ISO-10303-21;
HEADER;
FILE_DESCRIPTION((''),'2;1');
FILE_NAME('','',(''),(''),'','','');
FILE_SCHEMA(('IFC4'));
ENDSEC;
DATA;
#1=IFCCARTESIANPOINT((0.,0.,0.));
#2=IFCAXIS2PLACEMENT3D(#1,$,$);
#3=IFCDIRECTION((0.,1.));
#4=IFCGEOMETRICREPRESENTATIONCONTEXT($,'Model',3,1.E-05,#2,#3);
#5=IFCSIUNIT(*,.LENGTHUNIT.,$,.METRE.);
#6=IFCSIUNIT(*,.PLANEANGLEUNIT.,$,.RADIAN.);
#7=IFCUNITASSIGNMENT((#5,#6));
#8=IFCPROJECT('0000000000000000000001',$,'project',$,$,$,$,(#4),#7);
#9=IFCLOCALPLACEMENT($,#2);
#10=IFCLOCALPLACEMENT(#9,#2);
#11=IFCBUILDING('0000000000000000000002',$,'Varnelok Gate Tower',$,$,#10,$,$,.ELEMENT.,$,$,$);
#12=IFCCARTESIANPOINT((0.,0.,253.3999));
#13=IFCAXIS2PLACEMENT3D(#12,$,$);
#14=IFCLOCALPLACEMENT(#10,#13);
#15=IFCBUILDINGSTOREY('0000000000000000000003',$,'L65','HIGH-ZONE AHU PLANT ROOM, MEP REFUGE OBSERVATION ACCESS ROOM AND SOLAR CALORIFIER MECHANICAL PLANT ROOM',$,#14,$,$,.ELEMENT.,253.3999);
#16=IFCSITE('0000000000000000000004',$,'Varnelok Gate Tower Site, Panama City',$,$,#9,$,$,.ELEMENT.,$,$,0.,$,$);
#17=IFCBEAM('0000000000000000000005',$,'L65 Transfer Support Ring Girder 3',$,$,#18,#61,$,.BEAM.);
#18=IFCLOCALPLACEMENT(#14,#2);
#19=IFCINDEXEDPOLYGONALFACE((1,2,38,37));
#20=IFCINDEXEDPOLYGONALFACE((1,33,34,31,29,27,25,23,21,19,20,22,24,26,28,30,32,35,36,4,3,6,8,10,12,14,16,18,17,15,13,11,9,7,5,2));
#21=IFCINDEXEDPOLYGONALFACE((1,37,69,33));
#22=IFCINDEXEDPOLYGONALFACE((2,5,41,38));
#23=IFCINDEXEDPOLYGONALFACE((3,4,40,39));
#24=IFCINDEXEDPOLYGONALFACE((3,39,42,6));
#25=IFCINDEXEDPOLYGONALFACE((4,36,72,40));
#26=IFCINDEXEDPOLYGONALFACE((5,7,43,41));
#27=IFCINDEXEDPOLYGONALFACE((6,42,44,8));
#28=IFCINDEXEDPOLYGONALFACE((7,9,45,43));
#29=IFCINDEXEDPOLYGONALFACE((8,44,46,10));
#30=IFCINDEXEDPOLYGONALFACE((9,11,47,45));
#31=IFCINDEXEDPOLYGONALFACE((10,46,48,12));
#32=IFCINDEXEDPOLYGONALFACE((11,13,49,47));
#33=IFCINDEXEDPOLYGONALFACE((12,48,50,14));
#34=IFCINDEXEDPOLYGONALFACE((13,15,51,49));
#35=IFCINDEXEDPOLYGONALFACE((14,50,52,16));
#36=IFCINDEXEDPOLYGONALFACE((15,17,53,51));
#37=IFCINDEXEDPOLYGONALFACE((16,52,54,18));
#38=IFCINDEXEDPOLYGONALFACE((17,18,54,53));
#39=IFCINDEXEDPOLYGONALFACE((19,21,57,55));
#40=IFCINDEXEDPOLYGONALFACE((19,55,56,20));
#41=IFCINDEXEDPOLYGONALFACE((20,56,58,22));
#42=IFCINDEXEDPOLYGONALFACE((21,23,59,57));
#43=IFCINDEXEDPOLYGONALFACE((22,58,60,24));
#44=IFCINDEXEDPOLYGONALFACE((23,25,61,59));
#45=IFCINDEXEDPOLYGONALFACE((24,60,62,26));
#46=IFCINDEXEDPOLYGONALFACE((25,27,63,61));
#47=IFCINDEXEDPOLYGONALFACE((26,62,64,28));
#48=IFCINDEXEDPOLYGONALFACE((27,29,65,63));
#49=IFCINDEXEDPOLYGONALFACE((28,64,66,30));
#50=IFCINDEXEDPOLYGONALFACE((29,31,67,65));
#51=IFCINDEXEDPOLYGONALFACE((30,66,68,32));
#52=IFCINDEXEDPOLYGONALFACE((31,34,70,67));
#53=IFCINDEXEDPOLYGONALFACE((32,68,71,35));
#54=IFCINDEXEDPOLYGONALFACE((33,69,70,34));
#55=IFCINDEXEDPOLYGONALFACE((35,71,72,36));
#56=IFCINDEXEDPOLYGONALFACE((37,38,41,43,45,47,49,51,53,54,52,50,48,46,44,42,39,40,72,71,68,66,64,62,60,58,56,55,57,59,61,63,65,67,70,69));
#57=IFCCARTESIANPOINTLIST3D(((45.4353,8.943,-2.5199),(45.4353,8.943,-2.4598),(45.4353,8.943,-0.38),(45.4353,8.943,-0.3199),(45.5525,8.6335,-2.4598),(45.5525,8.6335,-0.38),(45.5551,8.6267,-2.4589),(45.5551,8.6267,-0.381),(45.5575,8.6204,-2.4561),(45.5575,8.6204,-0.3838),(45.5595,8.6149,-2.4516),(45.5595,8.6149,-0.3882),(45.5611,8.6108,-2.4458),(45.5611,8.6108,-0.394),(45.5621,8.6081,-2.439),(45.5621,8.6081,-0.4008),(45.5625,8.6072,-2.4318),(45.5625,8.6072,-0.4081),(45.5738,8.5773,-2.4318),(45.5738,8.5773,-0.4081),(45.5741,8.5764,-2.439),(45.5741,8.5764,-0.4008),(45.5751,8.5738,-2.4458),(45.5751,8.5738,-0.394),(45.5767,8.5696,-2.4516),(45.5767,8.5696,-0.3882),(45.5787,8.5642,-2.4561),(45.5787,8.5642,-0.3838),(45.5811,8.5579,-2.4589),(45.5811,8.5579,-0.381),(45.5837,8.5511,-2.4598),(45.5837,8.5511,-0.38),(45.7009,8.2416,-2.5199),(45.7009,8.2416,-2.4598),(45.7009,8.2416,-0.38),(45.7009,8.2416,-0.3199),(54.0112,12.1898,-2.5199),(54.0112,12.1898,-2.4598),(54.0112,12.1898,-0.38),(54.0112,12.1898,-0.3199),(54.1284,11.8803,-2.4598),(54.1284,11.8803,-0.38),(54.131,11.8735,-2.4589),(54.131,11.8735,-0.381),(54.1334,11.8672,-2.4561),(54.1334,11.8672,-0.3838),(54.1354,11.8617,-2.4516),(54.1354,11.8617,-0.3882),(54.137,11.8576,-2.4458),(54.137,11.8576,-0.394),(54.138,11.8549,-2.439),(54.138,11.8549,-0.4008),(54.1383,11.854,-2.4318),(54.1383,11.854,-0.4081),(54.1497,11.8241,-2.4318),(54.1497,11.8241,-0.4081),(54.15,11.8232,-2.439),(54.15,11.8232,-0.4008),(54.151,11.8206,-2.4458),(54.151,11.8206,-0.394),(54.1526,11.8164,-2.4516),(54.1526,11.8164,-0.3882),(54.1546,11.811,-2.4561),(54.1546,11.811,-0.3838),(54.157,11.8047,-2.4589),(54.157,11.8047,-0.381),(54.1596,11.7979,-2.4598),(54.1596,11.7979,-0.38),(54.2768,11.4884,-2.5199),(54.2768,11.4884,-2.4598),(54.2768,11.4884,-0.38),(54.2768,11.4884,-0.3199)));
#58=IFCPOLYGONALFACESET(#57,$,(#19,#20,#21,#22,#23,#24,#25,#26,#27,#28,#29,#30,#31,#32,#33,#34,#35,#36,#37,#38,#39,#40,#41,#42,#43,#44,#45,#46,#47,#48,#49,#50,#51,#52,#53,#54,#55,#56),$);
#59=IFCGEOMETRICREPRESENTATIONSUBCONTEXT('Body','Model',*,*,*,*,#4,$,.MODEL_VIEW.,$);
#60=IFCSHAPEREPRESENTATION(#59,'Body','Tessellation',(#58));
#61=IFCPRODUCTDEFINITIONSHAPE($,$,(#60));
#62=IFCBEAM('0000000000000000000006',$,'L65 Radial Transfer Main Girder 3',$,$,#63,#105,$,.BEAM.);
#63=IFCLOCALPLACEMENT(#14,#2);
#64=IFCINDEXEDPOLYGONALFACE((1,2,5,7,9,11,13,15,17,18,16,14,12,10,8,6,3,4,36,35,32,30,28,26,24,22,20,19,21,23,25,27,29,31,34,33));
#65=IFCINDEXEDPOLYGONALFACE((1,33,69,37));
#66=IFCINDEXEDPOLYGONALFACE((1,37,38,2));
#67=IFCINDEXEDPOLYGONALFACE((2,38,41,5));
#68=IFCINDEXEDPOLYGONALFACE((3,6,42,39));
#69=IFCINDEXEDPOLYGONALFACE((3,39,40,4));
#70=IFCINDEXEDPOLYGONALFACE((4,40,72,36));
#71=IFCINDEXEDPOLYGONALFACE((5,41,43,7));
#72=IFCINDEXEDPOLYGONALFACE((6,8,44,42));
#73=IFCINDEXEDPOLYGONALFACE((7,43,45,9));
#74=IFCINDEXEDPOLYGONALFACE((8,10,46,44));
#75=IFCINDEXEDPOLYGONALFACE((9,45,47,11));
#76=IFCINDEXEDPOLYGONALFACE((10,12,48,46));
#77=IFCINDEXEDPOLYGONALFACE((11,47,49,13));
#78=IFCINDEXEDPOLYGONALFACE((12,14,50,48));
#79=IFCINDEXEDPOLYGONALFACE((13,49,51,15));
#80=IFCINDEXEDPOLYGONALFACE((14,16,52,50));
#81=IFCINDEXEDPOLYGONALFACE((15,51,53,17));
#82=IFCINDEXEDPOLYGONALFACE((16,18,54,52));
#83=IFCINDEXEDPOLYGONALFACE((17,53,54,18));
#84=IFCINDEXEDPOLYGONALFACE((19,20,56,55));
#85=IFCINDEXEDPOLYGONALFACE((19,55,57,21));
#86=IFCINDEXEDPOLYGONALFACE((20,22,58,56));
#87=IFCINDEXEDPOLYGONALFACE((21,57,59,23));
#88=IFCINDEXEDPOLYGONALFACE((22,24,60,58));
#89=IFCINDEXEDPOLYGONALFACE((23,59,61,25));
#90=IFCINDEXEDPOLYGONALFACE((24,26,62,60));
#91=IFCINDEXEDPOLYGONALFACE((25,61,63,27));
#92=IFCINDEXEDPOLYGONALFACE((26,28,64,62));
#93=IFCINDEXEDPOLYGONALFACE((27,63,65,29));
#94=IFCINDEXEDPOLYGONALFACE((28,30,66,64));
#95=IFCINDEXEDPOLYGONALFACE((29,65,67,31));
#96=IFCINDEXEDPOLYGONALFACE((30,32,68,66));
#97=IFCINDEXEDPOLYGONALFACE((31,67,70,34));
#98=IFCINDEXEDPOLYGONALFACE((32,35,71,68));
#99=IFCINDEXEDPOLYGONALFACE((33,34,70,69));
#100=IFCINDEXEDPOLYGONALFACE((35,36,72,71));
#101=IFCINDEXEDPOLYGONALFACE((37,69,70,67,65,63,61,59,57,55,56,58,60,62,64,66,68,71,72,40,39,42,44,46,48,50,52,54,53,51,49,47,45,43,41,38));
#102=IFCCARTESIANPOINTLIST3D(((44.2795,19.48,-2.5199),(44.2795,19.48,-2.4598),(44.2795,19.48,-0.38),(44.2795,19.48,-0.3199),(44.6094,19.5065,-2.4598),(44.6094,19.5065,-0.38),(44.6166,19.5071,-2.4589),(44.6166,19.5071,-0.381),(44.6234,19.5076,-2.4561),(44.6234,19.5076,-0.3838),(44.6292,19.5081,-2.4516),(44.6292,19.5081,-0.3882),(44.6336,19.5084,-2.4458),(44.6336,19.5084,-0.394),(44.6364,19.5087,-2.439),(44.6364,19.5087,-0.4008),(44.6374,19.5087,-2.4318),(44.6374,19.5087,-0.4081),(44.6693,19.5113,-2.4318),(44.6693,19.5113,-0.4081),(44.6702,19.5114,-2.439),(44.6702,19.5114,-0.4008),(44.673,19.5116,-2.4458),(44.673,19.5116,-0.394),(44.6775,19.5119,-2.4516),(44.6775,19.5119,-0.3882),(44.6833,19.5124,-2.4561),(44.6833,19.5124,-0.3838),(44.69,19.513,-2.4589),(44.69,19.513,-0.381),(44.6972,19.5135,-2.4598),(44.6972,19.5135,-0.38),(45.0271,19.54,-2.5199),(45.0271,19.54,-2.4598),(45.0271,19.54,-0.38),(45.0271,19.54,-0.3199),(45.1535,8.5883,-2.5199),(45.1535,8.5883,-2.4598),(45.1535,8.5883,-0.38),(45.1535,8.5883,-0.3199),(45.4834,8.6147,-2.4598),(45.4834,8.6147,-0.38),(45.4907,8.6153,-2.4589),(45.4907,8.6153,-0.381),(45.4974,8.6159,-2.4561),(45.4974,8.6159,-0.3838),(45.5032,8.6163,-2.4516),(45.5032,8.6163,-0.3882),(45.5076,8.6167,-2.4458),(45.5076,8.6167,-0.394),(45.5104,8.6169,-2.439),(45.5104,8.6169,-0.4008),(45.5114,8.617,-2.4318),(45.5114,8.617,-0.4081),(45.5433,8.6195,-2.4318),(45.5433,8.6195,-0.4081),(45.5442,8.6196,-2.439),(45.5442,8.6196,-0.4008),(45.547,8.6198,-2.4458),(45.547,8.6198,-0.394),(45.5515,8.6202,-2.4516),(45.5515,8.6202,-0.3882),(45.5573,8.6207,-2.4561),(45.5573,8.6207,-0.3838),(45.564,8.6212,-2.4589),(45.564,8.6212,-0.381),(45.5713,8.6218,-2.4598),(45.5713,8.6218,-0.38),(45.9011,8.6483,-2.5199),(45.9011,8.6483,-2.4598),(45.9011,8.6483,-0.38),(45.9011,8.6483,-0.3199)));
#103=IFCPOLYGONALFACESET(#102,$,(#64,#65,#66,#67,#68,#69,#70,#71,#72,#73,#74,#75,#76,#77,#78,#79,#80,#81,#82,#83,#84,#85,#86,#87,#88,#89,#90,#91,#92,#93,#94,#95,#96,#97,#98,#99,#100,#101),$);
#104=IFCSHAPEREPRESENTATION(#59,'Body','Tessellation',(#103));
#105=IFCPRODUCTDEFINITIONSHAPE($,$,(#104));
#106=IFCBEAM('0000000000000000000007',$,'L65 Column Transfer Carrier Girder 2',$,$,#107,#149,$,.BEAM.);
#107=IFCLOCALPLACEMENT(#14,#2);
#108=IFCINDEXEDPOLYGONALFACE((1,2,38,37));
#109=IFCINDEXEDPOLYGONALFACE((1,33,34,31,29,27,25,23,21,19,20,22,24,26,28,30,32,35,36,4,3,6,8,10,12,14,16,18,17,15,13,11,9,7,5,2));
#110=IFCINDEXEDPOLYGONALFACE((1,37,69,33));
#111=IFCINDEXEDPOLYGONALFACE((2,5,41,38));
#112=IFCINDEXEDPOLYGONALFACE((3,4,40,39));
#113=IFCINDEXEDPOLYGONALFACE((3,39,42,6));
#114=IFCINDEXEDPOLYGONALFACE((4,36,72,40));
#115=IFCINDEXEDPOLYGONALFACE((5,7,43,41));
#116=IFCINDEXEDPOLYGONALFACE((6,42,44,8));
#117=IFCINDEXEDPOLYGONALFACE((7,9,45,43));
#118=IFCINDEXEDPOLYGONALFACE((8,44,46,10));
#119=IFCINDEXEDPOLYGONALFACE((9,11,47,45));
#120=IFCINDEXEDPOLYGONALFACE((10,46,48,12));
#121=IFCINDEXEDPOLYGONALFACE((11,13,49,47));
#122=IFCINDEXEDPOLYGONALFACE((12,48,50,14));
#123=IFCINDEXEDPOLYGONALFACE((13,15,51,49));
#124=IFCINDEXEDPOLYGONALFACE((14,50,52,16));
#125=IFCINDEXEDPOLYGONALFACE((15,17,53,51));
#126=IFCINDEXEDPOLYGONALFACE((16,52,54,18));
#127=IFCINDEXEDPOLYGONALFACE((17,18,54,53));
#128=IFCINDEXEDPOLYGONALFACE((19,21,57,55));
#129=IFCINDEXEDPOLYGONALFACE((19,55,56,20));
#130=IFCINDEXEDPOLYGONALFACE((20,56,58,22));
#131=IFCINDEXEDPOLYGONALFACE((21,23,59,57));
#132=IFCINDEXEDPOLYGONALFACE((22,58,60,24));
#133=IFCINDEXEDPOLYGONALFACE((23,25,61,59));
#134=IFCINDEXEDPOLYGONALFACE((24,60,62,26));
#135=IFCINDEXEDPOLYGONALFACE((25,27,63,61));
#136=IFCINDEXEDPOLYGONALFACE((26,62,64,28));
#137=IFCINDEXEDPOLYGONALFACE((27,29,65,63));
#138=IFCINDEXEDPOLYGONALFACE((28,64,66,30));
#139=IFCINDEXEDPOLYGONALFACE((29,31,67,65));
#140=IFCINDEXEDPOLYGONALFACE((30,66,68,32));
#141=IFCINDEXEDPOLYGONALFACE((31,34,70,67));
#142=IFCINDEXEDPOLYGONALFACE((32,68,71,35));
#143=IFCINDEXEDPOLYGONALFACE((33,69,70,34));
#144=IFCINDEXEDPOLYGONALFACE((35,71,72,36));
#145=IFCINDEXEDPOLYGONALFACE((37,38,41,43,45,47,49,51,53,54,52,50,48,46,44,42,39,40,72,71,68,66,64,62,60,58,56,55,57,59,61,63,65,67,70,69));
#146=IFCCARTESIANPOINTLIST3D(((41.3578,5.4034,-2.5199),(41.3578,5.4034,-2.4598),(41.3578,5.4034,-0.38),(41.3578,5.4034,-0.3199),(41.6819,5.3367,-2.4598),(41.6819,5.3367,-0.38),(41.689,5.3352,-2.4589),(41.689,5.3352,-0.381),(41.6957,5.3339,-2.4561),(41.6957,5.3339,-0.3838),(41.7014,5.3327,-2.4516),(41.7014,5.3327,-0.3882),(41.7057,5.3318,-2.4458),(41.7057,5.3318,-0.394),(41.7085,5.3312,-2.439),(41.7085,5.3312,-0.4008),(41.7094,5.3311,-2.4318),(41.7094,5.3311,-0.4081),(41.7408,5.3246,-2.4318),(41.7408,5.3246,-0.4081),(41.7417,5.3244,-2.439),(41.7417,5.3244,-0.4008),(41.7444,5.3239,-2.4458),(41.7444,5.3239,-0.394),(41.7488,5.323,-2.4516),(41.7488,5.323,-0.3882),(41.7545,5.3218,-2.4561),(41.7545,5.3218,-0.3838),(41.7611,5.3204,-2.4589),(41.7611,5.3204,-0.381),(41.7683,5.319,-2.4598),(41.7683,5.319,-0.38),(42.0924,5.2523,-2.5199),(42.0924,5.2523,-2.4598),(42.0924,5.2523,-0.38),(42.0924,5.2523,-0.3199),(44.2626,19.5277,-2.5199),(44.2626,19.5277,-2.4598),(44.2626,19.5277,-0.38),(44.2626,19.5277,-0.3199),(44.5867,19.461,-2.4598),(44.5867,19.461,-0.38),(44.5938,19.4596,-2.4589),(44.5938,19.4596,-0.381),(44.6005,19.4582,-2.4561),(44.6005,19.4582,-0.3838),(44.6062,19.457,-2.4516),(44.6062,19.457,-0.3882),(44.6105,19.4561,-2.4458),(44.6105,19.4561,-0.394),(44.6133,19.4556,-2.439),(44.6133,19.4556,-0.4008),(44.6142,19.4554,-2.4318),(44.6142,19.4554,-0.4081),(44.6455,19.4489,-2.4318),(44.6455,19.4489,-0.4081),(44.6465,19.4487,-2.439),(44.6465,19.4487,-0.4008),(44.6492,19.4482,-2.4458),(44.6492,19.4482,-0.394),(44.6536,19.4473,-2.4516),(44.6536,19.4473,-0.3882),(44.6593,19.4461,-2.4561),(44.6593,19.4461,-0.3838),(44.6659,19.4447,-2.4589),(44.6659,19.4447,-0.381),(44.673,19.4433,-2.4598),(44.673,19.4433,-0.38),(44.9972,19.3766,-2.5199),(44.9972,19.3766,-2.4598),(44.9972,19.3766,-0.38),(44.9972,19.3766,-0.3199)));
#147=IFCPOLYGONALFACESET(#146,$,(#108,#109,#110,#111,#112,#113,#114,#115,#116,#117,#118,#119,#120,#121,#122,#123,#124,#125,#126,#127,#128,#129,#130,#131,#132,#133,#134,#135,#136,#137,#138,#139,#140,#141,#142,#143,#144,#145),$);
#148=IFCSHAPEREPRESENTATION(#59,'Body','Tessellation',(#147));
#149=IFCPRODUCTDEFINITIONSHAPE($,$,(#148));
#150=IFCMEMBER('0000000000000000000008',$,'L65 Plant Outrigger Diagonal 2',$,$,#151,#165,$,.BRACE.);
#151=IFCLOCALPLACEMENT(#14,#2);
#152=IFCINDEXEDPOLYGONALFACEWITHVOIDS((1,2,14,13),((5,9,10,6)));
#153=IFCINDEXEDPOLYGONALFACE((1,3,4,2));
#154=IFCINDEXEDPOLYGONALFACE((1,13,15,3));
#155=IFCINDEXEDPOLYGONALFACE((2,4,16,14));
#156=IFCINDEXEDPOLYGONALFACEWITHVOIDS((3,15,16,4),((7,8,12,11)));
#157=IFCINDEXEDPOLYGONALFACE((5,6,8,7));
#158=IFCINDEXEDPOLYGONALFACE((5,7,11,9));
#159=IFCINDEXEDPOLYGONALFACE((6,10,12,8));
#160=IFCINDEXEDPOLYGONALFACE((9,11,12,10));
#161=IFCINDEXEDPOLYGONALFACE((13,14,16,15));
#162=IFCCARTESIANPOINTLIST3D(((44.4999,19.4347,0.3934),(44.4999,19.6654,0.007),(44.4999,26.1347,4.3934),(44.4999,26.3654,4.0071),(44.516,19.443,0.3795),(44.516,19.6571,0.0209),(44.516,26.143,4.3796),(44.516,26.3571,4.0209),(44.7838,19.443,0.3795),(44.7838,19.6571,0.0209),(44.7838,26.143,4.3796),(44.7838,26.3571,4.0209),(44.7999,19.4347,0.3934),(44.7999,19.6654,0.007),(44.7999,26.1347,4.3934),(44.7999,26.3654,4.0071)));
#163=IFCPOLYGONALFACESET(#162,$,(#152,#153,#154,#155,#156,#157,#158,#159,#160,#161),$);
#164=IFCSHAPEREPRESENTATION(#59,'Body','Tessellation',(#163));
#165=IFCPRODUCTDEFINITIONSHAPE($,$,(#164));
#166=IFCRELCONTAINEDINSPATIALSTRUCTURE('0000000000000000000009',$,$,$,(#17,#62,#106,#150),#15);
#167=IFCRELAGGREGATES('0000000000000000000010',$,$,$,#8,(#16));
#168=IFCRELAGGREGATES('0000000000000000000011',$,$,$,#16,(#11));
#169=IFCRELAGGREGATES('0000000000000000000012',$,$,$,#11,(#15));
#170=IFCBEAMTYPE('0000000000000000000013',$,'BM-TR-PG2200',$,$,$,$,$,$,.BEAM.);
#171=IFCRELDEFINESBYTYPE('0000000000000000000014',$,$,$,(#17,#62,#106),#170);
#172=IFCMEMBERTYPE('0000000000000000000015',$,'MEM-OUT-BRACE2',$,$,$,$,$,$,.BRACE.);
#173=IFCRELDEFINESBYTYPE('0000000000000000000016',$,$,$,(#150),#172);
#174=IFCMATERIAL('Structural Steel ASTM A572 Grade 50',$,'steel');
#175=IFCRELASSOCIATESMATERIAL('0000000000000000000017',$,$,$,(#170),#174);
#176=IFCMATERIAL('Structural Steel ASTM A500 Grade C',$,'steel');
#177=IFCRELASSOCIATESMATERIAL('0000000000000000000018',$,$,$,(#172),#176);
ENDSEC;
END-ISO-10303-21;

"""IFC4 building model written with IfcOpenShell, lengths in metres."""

from ifc_helpers import new_model, si_unit, direction, frame, origin, origin_2d, place, context, subcontext, project, spatial, hollow_rectangle, i_section, extrude, material, material_profile, profile_set, type_object, element, save


model = new_model("IFC4")

# Units and contexts
model_context = context("Model", 3, precision=1e-05, world=origin(), true_north=direction((0.0, 1.0)))
body_context = subcontext(model_context, "Body", "Model", "MODEL_VIEW")
ifc_project = project(units=[si_unit("LENGTHUNIT", "METRE"), si_unit("PLANEANGLEUNIT", "RADIAN")], contexts=[model_context])

# Site, building, storey
site_placement = place(None, origin())
site = spatial("IfcSite", under=ifc_project, at=site_placement, Name="Varnelok Gate Tower Site, Panama City", CompositionType="ELEMENT", RefElevation=0.0)
building_placement = place(site_placement, origin())
building = spatial("IfcBuilding", under=site, at=building_placement, Name="Varnelok Gate Tower", CompositionType="ELEMENT")
storey_placement = place(building_placement, frame((0.0, 0.0, 253.3999)))
storey = spatial("IfcBuildingStorey", under=building, at=storey_placement, Name="L65", Description="HIGH-ZONE AHU PLANT ROOM, MEP REFUGE OBSERVATION ACCESS ROOM AND SOLAR CALORIFIER MECHANICAL PLANT ROOM", CompositionType="ELEMENT", Elevation=253.3999)

# Beams
ifc_material_1 = material(Name="Structural Steel ASTM A572 Grade 50", Category="steel")
ifc_material_profile_1 = material_profile(ifc_material_1, i_section(OverallWidth=0.75, OverallDepth=2.2, WebThickness=0.032, FlangeThickness=0.0601, FilletRadius=0.0281, at=origin_2d()), Name="PG2200X750")
ifc_profile_set_1 = profile_set([ifc_material_profile_1], Name="Structural Steel ASTM A572 Grade 50")
beam_type_1 = type_object("IfcBeamType", Name="BM-TR-PG2200", PredefinedType="BEAM", material=ifc_profile_set_1)
beam_1_placement = place(storey_placement, frame((45.5681, 8.5923, -1.4199), z_axis=(0.935218, 0.354071, 0.0), x_axis=(-0.354071, 0.935218, 0.0)))
element("IfcBeam", 1, at=beam_1_placement, inside=storey, type_object=beam_type_1, Name="L65 Transfer Support Ring Girder 3", PredefinedType="BEAM", context=body_context, shape_type="SweptSolid", body=[
    extrude(i_section(OverallWidth=0.75, OverallDepth=2.2, WebThickness=0.032, FlangeThickness=0.0601, FilletRadius=0.0281, at=origin_2d()), origin(), (0.0, 0.0, 1.0), 9.1699),
])
beam_2_placement = place(storey_placement, frame((44.6533, 19.51, -1.4199), z_axis=(0.079989, -0.996796, 0.0), x_axis=(0.996796, 0.079989, 0.0)))
element("IfcBeam", 2, at=beam_2_placement, inside=storey, type_object=beam_type_1, Name="L65 Radial Transfer Main Girder 3", PredefinedType="BEAM", context=body_context, shape_type="SweptSolid", body=[
    extrude(i_section(OverallWidth=0.75, OverallDepth=2.2, WebThickness=0.032, FlangeThickness=0.0601, FilletRadius=0.0281, at=origin_2d()), origin(), (0.0, 0.0, 1.0), 10.9268),
])
beam_3_placement = place(storey_placement, frame((44.6299, 19.4521, -1.4199), z_axis=(-0.201443, -0.9795, 0.0), x_axis=(0.9795, -0.201443, 0.0)))
element("IfcBeam", 3, at=beam_3_placement, inside=storey, type_object=beam_type_1, Name="L65 Column Transfer Carrier Girder 2", PredefinedType="BEAM", context=body_context, shape_type="SweptSolid", body=[
    extrude(i_section(OverallWidth=0.75, OverallDepth=2.2, WebThickness=0.032, FlangeThickness=0.0601, FilletRadius=0.0281, at=origin_2d()), origin(), (0.0, 0.0, 1.0), 14.4199),
])

# Member
ifc_material_2 = material(Name="Structural Steel ASTM A500 Grade C", Category="steel")
ifc_material_profile_2 = material_profile(ifc_material_2, hollow_rectangle(XDim=0.3, YDim=0.45, WallThickness=0.0161, at=origin_2d()), Name="HSS450X300X16")
ifc_profile_set_2 = profile_set([ifc_material_profile_2], Name="Structural Steel ASTM A500 Grade C")
member_type_1 = type_object("IfcMemberType", Name="MEM-OUT-BRACE2", PredefinedType="BRACE", material=ifc_profile_set_2)
member_placement = place(storey_placement, frame((44.6499, 19.55, 0.2002), z_axis=(0.0, 0.85862, 0.512613), x_axis=(-1.0, 0.0, 0.0)))
element("IfcMember", 4, at=member_placement, inside=storey, type_object=member_type_1, Name="L65 Plant Outrigger Diagonal 2", PredefinedType="BRACE", context=body_context, shape_type="SweptSolid", body=[
    extrude(hollow_rectangle(XDim=0.3, YDim=0.45, WallThickness=0.0161, at=origin_2d()), origin(), (0.0, 0.0, 1.0), 7.8032),
])

save(model, "model.ifc")
